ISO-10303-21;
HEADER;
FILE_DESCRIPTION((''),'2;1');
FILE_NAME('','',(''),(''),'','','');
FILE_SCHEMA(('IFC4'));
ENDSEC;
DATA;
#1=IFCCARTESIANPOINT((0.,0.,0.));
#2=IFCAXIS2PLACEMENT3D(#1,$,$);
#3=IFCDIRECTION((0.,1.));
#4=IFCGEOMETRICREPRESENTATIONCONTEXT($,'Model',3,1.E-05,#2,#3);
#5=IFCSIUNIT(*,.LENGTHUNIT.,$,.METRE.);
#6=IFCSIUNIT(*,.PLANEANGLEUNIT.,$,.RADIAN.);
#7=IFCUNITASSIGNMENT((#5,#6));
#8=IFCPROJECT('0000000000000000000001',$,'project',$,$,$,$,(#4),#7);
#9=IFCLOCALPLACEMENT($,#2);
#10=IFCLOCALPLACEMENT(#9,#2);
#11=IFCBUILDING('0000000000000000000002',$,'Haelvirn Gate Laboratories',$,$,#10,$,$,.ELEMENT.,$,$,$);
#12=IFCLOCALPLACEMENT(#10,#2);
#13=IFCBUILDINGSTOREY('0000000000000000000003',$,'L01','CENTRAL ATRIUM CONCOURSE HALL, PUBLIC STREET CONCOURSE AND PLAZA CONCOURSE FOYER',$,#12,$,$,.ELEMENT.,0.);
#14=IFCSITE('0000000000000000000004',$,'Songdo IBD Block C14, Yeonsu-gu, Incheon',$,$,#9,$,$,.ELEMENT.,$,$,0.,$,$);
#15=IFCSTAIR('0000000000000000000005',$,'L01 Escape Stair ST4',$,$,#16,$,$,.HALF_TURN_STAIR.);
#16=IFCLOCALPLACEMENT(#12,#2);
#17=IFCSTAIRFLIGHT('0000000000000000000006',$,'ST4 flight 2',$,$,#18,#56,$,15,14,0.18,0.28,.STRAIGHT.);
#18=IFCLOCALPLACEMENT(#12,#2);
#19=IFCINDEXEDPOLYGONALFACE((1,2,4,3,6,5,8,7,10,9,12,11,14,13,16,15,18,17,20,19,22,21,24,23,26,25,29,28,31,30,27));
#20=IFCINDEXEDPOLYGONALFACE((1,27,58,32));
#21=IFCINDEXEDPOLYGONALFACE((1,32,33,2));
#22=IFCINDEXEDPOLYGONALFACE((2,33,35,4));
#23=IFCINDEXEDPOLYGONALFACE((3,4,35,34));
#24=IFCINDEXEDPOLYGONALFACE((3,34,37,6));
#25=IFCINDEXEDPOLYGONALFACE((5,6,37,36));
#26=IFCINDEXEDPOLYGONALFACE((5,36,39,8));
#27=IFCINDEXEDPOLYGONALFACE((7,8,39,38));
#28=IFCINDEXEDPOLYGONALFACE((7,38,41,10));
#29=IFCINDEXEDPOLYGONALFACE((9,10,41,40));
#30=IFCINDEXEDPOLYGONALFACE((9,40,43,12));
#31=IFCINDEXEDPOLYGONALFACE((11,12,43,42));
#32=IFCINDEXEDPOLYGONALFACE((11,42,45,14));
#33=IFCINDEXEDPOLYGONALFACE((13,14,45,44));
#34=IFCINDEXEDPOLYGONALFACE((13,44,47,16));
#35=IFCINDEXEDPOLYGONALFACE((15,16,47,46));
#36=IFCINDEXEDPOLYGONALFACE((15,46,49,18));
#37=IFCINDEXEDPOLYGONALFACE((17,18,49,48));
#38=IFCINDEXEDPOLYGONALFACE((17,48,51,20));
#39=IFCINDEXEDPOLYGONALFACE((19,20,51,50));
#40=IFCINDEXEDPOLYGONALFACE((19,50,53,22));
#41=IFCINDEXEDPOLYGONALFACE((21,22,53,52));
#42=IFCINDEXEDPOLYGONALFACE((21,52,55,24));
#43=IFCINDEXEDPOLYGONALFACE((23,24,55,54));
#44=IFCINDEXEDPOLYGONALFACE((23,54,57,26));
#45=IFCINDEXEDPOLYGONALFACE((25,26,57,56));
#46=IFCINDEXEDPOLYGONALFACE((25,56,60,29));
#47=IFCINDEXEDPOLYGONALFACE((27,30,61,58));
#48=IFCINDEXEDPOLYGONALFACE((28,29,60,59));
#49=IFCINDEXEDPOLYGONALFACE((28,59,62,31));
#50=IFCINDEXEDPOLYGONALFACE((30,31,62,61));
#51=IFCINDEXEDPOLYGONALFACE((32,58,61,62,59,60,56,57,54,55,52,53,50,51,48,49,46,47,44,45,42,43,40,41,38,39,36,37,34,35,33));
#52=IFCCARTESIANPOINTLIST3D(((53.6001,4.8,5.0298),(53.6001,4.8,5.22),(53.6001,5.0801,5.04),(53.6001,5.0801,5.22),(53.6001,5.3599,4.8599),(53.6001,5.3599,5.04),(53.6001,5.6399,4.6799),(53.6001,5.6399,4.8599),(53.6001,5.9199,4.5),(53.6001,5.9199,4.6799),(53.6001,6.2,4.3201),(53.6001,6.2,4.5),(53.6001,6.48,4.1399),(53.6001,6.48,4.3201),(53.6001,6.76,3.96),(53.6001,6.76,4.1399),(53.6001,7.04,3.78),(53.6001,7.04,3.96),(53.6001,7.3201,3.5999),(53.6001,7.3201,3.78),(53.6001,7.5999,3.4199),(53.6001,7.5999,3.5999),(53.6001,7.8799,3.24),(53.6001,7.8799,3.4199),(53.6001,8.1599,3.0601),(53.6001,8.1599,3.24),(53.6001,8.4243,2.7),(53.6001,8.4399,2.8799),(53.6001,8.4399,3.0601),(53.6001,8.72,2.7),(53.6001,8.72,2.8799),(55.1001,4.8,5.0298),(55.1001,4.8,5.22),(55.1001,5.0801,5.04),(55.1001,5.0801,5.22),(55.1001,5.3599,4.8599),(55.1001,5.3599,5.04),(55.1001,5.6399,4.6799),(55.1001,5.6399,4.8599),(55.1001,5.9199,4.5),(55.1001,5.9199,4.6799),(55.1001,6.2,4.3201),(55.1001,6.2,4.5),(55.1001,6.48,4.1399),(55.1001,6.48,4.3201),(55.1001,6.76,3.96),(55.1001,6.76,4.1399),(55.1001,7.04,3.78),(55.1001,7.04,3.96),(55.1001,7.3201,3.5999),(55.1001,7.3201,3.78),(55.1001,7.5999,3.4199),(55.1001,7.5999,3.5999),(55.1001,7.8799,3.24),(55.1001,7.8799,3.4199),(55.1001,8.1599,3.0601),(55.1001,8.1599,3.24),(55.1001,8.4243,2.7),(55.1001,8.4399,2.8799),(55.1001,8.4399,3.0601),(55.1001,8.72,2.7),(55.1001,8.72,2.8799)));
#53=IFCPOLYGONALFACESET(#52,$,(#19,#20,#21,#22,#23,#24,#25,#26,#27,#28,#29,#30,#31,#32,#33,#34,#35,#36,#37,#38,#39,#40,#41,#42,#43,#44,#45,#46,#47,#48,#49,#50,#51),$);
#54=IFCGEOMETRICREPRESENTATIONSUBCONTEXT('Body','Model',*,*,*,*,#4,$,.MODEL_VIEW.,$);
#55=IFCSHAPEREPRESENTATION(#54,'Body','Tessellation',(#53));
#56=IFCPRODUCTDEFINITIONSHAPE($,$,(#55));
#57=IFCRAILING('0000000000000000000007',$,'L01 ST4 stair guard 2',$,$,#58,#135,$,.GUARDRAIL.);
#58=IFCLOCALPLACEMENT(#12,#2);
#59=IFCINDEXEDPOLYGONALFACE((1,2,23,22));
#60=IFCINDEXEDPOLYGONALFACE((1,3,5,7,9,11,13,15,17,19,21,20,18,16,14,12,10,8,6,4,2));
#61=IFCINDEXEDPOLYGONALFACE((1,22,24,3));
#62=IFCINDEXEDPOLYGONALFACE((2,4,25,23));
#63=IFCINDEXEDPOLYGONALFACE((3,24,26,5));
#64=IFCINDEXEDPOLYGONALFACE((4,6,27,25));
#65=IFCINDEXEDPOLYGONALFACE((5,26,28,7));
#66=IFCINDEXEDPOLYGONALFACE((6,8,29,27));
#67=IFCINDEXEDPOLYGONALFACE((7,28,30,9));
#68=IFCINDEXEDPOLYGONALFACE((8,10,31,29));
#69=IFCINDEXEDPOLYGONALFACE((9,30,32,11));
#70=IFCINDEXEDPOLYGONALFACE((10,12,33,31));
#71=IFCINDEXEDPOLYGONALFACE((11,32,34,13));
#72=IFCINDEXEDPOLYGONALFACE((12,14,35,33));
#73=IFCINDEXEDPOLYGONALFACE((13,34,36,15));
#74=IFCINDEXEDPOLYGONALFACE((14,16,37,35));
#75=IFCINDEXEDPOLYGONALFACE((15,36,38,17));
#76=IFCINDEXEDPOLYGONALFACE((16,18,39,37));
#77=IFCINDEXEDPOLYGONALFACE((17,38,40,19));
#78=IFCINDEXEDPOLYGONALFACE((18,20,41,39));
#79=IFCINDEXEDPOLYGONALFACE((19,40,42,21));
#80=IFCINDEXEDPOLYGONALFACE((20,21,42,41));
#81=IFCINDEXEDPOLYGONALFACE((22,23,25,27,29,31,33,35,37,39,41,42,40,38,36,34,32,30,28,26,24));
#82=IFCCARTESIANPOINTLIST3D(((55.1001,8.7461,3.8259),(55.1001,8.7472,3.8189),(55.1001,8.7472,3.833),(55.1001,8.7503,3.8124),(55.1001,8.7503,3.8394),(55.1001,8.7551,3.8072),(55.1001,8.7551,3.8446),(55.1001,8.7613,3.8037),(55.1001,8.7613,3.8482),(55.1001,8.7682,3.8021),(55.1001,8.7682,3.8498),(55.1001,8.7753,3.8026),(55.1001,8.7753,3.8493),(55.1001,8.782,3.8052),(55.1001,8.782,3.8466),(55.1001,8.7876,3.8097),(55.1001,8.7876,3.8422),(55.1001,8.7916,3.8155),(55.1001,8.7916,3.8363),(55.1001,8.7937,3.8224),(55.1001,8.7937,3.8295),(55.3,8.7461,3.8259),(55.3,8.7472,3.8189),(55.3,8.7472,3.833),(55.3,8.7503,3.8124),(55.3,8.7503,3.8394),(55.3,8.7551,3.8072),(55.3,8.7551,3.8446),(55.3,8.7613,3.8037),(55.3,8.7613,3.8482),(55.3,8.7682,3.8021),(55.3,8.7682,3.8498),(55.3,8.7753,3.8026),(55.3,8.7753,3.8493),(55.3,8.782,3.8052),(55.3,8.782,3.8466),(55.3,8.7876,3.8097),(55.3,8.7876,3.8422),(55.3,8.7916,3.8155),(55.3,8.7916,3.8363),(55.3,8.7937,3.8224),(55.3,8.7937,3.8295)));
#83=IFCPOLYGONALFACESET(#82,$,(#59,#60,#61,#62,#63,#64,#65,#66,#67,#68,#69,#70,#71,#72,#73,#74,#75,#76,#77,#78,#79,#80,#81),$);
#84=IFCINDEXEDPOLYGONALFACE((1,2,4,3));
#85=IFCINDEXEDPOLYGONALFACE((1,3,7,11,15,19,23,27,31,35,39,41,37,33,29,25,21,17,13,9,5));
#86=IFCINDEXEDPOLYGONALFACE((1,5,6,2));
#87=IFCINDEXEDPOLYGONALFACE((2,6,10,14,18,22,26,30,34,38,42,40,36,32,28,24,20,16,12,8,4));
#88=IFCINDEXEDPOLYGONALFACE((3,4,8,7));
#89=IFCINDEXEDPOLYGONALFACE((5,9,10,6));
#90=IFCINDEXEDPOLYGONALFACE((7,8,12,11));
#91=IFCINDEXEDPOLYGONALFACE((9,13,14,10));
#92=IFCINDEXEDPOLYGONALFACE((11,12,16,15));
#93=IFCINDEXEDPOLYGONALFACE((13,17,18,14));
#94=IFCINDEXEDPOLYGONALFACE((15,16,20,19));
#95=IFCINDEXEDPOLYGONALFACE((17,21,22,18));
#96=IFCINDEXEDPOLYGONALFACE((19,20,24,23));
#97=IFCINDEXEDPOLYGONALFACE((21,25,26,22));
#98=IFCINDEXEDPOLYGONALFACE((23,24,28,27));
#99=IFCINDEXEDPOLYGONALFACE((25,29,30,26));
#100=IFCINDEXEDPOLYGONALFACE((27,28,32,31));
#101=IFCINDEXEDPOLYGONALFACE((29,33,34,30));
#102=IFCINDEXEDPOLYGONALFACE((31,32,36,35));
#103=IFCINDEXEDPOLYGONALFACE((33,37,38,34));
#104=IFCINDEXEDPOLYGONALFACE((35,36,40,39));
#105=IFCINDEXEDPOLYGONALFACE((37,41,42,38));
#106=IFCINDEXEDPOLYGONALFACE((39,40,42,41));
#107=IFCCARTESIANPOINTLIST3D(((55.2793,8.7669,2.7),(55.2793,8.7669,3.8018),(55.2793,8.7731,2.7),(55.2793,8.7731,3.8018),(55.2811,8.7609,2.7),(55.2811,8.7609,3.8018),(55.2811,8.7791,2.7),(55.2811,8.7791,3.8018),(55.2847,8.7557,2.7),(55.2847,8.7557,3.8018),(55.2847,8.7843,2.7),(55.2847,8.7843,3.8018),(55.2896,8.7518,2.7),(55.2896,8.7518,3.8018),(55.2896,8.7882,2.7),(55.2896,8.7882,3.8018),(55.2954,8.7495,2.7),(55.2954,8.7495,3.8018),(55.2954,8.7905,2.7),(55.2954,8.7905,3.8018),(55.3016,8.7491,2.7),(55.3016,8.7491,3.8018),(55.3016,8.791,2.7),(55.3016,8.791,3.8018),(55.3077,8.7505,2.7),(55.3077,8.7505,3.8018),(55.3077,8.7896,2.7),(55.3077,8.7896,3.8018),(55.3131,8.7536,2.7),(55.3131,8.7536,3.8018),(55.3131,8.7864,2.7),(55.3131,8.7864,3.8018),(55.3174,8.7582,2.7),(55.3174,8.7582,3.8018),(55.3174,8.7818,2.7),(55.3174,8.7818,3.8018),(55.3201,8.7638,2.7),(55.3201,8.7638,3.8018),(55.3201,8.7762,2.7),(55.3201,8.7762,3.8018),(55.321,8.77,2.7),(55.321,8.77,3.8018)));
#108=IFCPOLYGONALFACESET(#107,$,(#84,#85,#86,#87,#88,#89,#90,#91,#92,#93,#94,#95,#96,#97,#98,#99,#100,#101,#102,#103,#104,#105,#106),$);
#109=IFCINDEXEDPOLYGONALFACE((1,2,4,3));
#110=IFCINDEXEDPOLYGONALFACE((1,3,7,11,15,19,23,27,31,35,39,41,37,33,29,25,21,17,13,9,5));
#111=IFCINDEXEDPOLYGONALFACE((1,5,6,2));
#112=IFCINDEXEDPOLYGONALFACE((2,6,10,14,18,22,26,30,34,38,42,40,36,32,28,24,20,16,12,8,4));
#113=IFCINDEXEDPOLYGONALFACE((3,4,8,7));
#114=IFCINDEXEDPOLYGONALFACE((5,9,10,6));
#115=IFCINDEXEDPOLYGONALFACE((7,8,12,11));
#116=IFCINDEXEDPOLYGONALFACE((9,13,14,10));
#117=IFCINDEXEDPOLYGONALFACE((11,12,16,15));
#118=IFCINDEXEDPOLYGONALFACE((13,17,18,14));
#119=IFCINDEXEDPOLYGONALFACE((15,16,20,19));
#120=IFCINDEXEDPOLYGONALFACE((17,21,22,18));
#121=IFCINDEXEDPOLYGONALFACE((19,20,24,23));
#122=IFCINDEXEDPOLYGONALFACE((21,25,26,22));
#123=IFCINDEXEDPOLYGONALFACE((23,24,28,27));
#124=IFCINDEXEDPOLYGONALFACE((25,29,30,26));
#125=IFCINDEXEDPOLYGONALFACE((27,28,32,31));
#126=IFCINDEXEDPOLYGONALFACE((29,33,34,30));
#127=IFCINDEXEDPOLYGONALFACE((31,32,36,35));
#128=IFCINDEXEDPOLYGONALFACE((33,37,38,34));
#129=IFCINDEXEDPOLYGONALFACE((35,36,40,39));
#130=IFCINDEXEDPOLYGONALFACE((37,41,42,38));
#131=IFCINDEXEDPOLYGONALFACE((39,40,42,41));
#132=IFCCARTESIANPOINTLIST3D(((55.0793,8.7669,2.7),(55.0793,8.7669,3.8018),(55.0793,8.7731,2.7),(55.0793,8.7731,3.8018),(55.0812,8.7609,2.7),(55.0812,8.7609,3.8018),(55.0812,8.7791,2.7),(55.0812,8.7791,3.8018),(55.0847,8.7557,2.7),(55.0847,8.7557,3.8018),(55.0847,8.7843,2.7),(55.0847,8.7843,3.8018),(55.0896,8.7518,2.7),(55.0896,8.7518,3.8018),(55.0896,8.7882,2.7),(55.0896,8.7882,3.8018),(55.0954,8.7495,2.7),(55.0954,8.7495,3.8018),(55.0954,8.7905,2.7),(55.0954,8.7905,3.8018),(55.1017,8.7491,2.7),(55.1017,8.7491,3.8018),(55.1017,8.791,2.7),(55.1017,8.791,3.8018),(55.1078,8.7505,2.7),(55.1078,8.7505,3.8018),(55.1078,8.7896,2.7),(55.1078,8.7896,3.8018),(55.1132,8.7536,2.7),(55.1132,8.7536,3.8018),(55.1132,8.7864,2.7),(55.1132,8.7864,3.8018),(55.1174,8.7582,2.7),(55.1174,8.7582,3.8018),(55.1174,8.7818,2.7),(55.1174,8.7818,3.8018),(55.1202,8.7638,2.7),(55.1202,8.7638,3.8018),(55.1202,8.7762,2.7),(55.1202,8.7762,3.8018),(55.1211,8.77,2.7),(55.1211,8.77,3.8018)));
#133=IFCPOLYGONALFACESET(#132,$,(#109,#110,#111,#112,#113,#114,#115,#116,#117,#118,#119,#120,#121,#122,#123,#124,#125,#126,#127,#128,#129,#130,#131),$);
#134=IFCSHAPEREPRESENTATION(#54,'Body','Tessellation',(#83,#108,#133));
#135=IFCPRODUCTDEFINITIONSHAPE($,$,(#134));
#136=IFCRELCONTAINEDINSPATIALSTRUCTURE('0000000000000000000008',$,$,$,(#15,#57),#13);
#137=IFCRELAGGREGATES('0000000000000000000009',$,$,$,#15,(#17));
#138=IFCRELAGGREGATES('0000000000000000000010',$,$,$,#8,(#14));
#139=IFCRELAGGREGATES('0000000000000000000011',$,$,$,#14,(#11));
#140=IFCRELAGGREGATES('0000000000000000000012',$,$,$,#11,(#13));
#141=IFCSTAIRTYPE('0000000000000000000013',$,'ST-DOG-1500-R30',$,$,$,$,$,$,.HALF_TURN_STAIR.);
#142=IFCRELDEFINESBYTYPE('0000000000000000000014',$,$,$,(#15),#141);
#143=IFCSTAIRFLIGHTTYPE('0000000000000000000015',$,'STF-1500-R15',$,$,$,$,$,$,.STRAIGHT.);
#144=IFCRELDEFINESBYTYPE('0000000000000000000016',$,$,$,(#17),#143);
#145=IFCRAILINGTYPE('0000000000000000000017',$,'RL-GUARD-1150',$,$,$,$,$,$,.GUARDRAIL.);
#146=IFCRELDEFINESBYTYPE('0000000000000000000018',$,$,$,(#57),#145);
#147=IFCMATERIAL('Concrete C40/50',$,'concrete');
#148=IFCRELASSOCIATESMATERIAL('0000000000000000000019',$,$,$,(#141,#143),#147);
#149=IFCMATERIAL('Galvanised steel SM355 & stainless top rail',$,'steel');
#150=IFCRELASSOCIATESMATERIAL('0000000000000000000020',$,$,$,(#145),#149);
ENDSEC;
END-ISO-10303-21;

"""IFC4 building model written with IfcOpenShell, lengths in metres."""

from ifc_helpers import new_model, si_unit, direction, frame, origin, origin_2d, place, context, subcontext, project, spatial, polyline, circle, outline, extrude, source, transform, mapped, material, type_object, type_shapes, element, aggregate, save


model = new_model("IFC4")

# Units and contexts
model_context = context("Model", 3, precision=1e-05, world=origin(), true_north=direction((0.0, 1.0)))
body_context = subcontext(model_context, "Body", "Model", "MODEL_VIEW")
ifc_project = project(units=[si_unit("LENGTHUNIT", "METRE"), si_unit("PLANEANGLEUNIT", "RADIAN")], contexts=[model_context])

# Site, building, storey
site_placement = place(None, origin())
site = spatial("IfcSite", under=ifc_project, at=site_placement, Name="Songdo IBD Block C14, Yeonsu-gu, Incheon", CompositionType="ELEMENT", RefElevation=0.0)
building_placement = place(site_placement, origin())
building = spatial("IfcBuilding", under=site, at=building_placement, Name="Haelvirn Gate Laboratories", CompositionType="ELEMENT")
storey_placement = place(building_placement, origin())
storey = spatial("IfcBuildingStorey", under=building, at=storey_placement, Name="L01", Description="CENTRAL ATRIUM CONCOURSE HALL, PUBLIC STREET CONCOURSE AND PLAZA CONCOURSE FOYER", CompositionType="ELEMENT", Elevation=0.0)

# Shared definitions
ifc_material_1 = material(Name="Concrete C40/50", Category="concrete")

# Stair, stair flight
stair_type = type_object("IfcStairType", Name="ST-DOG-1500-R30", PredefinedType="HALF_TURN_STAIR", material=ifc_material_1)
stair_placement = place(storey_placement, origin())
stair = element("IfcStair", 1, at=stair_placement, inside=storey, type_object=stair_type, Name="L01 Escape Stair ST4", PredefinedType="HALF_TURN_STAIR")
stair_flight_type = type_object("IfcStairFlightType", Name="STF-1500-R15", PredefinedType="STRAIGHT", material=ifc_material_1)
shared_shape_1 = source(origin(), body_context, "Body", "SweptSolid", [
    extrude(outline(polyline([(0.0, 0.0), (0.0, 0.1799), (0.28, 0.1799), (0.28, 0.3601), (0.5601, 0.3601), (0.5601, 0.54), (0.8401, 0.54), (0.8401, 0.72), (1.1201, 0.72), (1.1201, 0.8999), (1.3999, 0.8999), (1.3999, 1.0801), (1.6799, 1.0801), (1.6799, 1.26), (1.96, 1.26), (1.96, 1.4399), (2.24, 1.4399), (2.24, 1.6201), (2.52, 1.6201), (2.52, 1.8), (2.8, 1.8), (2.8, 1.98), (3.0801, 1.98), (3.0801, 2.1599), (3.3601, 2.1599), (3.3601, 2.3401), (3.6399, 2.3401), (3.6399, 2.52), (3.9199, 2.52), (3.9199, 2.7), (3.9199, 2.3298), (0.2957, 0.0), (0.0, 0.0)])), frame((0.0, 0.75, 0.0), z_axis=(0.0, -1.0, 0.0), x_axis=(1.0, 0.0, 0.0)), (0.0, 0.0, 1.0), 1.5),
])
type_shapes(stair_flight_type, [shared_shape_1])
stair_flight_placement = place(storey_placement, frame((54.3501, 8.72, 2.7), z_axis=(0.0, 0.0, 1.0), x_axis=(0.0, -1.0, 0.0)))
stair_flight = element("IfcStairFlight", 2, at=stair_flight_placement, type_object=stair_flight_type, Name="ST4 flight 2", NumberOfRisers=15, NumberOfTreads=14, PredefinedType="STRAIGHT", RiserHeight=0.18, TreadLength=0.28, context=body_context, shape_type="MappedRepresentation", body=[
    mapped(shared_shape_1, transform((0.0, 0.0, 0.0), scale=1.0)),
])
aggregate(stair, [stair_flight])

# Railing
ifc_material_2 = material(Name="Galvanised steel SM355 & stainless top rail", Category="steel")
railing_type_1 = type_object("IfcRailingType", Name="RL-GUARD-1150", PredefinedType="GUARDRAIL", material=ifc_material_2)
shared_shape_2 = source(origin(), body_context, "Body", "SweptSolid", [
    extrude(circle(Radius=0.0239, at=origin_2d()), frame((0.0, 0.0, 1.126), z_axis=(-1.0, 0.0, 0.0), x_axis=(0.0, -1.0, 0.0)), (0.0, 0.0, 1.0), 0.2),
    extrude(circle(Radius=0.021, at=origin_2d()), origin(), (0.0, 0.0, 1.0), 1.1018),
    extrude(circle(Radius=0.021, at=origin_2d()), frame((-0.2, 0.0, 0.0)), (0.0, 0.0, 1.0), 1.1018),
])
for number, where, name in (
    (3, (55.3, 8.77, 2.7), "L01 ST4 stair guard 2"),
):
    element("IfcRailing", number, at=place(storey_placement, frame(where)), inside=storey, type_object=railing_type_1, Name=name, PredefinedType="GUARDRAIL", context=body_context, shape_type="MappedRepresentation", body=[
        mapped(shared_shape_2, transform((0.0, 0.0, 0.0), scale=1.0)),
    ])

save(model, "model.ifc")
